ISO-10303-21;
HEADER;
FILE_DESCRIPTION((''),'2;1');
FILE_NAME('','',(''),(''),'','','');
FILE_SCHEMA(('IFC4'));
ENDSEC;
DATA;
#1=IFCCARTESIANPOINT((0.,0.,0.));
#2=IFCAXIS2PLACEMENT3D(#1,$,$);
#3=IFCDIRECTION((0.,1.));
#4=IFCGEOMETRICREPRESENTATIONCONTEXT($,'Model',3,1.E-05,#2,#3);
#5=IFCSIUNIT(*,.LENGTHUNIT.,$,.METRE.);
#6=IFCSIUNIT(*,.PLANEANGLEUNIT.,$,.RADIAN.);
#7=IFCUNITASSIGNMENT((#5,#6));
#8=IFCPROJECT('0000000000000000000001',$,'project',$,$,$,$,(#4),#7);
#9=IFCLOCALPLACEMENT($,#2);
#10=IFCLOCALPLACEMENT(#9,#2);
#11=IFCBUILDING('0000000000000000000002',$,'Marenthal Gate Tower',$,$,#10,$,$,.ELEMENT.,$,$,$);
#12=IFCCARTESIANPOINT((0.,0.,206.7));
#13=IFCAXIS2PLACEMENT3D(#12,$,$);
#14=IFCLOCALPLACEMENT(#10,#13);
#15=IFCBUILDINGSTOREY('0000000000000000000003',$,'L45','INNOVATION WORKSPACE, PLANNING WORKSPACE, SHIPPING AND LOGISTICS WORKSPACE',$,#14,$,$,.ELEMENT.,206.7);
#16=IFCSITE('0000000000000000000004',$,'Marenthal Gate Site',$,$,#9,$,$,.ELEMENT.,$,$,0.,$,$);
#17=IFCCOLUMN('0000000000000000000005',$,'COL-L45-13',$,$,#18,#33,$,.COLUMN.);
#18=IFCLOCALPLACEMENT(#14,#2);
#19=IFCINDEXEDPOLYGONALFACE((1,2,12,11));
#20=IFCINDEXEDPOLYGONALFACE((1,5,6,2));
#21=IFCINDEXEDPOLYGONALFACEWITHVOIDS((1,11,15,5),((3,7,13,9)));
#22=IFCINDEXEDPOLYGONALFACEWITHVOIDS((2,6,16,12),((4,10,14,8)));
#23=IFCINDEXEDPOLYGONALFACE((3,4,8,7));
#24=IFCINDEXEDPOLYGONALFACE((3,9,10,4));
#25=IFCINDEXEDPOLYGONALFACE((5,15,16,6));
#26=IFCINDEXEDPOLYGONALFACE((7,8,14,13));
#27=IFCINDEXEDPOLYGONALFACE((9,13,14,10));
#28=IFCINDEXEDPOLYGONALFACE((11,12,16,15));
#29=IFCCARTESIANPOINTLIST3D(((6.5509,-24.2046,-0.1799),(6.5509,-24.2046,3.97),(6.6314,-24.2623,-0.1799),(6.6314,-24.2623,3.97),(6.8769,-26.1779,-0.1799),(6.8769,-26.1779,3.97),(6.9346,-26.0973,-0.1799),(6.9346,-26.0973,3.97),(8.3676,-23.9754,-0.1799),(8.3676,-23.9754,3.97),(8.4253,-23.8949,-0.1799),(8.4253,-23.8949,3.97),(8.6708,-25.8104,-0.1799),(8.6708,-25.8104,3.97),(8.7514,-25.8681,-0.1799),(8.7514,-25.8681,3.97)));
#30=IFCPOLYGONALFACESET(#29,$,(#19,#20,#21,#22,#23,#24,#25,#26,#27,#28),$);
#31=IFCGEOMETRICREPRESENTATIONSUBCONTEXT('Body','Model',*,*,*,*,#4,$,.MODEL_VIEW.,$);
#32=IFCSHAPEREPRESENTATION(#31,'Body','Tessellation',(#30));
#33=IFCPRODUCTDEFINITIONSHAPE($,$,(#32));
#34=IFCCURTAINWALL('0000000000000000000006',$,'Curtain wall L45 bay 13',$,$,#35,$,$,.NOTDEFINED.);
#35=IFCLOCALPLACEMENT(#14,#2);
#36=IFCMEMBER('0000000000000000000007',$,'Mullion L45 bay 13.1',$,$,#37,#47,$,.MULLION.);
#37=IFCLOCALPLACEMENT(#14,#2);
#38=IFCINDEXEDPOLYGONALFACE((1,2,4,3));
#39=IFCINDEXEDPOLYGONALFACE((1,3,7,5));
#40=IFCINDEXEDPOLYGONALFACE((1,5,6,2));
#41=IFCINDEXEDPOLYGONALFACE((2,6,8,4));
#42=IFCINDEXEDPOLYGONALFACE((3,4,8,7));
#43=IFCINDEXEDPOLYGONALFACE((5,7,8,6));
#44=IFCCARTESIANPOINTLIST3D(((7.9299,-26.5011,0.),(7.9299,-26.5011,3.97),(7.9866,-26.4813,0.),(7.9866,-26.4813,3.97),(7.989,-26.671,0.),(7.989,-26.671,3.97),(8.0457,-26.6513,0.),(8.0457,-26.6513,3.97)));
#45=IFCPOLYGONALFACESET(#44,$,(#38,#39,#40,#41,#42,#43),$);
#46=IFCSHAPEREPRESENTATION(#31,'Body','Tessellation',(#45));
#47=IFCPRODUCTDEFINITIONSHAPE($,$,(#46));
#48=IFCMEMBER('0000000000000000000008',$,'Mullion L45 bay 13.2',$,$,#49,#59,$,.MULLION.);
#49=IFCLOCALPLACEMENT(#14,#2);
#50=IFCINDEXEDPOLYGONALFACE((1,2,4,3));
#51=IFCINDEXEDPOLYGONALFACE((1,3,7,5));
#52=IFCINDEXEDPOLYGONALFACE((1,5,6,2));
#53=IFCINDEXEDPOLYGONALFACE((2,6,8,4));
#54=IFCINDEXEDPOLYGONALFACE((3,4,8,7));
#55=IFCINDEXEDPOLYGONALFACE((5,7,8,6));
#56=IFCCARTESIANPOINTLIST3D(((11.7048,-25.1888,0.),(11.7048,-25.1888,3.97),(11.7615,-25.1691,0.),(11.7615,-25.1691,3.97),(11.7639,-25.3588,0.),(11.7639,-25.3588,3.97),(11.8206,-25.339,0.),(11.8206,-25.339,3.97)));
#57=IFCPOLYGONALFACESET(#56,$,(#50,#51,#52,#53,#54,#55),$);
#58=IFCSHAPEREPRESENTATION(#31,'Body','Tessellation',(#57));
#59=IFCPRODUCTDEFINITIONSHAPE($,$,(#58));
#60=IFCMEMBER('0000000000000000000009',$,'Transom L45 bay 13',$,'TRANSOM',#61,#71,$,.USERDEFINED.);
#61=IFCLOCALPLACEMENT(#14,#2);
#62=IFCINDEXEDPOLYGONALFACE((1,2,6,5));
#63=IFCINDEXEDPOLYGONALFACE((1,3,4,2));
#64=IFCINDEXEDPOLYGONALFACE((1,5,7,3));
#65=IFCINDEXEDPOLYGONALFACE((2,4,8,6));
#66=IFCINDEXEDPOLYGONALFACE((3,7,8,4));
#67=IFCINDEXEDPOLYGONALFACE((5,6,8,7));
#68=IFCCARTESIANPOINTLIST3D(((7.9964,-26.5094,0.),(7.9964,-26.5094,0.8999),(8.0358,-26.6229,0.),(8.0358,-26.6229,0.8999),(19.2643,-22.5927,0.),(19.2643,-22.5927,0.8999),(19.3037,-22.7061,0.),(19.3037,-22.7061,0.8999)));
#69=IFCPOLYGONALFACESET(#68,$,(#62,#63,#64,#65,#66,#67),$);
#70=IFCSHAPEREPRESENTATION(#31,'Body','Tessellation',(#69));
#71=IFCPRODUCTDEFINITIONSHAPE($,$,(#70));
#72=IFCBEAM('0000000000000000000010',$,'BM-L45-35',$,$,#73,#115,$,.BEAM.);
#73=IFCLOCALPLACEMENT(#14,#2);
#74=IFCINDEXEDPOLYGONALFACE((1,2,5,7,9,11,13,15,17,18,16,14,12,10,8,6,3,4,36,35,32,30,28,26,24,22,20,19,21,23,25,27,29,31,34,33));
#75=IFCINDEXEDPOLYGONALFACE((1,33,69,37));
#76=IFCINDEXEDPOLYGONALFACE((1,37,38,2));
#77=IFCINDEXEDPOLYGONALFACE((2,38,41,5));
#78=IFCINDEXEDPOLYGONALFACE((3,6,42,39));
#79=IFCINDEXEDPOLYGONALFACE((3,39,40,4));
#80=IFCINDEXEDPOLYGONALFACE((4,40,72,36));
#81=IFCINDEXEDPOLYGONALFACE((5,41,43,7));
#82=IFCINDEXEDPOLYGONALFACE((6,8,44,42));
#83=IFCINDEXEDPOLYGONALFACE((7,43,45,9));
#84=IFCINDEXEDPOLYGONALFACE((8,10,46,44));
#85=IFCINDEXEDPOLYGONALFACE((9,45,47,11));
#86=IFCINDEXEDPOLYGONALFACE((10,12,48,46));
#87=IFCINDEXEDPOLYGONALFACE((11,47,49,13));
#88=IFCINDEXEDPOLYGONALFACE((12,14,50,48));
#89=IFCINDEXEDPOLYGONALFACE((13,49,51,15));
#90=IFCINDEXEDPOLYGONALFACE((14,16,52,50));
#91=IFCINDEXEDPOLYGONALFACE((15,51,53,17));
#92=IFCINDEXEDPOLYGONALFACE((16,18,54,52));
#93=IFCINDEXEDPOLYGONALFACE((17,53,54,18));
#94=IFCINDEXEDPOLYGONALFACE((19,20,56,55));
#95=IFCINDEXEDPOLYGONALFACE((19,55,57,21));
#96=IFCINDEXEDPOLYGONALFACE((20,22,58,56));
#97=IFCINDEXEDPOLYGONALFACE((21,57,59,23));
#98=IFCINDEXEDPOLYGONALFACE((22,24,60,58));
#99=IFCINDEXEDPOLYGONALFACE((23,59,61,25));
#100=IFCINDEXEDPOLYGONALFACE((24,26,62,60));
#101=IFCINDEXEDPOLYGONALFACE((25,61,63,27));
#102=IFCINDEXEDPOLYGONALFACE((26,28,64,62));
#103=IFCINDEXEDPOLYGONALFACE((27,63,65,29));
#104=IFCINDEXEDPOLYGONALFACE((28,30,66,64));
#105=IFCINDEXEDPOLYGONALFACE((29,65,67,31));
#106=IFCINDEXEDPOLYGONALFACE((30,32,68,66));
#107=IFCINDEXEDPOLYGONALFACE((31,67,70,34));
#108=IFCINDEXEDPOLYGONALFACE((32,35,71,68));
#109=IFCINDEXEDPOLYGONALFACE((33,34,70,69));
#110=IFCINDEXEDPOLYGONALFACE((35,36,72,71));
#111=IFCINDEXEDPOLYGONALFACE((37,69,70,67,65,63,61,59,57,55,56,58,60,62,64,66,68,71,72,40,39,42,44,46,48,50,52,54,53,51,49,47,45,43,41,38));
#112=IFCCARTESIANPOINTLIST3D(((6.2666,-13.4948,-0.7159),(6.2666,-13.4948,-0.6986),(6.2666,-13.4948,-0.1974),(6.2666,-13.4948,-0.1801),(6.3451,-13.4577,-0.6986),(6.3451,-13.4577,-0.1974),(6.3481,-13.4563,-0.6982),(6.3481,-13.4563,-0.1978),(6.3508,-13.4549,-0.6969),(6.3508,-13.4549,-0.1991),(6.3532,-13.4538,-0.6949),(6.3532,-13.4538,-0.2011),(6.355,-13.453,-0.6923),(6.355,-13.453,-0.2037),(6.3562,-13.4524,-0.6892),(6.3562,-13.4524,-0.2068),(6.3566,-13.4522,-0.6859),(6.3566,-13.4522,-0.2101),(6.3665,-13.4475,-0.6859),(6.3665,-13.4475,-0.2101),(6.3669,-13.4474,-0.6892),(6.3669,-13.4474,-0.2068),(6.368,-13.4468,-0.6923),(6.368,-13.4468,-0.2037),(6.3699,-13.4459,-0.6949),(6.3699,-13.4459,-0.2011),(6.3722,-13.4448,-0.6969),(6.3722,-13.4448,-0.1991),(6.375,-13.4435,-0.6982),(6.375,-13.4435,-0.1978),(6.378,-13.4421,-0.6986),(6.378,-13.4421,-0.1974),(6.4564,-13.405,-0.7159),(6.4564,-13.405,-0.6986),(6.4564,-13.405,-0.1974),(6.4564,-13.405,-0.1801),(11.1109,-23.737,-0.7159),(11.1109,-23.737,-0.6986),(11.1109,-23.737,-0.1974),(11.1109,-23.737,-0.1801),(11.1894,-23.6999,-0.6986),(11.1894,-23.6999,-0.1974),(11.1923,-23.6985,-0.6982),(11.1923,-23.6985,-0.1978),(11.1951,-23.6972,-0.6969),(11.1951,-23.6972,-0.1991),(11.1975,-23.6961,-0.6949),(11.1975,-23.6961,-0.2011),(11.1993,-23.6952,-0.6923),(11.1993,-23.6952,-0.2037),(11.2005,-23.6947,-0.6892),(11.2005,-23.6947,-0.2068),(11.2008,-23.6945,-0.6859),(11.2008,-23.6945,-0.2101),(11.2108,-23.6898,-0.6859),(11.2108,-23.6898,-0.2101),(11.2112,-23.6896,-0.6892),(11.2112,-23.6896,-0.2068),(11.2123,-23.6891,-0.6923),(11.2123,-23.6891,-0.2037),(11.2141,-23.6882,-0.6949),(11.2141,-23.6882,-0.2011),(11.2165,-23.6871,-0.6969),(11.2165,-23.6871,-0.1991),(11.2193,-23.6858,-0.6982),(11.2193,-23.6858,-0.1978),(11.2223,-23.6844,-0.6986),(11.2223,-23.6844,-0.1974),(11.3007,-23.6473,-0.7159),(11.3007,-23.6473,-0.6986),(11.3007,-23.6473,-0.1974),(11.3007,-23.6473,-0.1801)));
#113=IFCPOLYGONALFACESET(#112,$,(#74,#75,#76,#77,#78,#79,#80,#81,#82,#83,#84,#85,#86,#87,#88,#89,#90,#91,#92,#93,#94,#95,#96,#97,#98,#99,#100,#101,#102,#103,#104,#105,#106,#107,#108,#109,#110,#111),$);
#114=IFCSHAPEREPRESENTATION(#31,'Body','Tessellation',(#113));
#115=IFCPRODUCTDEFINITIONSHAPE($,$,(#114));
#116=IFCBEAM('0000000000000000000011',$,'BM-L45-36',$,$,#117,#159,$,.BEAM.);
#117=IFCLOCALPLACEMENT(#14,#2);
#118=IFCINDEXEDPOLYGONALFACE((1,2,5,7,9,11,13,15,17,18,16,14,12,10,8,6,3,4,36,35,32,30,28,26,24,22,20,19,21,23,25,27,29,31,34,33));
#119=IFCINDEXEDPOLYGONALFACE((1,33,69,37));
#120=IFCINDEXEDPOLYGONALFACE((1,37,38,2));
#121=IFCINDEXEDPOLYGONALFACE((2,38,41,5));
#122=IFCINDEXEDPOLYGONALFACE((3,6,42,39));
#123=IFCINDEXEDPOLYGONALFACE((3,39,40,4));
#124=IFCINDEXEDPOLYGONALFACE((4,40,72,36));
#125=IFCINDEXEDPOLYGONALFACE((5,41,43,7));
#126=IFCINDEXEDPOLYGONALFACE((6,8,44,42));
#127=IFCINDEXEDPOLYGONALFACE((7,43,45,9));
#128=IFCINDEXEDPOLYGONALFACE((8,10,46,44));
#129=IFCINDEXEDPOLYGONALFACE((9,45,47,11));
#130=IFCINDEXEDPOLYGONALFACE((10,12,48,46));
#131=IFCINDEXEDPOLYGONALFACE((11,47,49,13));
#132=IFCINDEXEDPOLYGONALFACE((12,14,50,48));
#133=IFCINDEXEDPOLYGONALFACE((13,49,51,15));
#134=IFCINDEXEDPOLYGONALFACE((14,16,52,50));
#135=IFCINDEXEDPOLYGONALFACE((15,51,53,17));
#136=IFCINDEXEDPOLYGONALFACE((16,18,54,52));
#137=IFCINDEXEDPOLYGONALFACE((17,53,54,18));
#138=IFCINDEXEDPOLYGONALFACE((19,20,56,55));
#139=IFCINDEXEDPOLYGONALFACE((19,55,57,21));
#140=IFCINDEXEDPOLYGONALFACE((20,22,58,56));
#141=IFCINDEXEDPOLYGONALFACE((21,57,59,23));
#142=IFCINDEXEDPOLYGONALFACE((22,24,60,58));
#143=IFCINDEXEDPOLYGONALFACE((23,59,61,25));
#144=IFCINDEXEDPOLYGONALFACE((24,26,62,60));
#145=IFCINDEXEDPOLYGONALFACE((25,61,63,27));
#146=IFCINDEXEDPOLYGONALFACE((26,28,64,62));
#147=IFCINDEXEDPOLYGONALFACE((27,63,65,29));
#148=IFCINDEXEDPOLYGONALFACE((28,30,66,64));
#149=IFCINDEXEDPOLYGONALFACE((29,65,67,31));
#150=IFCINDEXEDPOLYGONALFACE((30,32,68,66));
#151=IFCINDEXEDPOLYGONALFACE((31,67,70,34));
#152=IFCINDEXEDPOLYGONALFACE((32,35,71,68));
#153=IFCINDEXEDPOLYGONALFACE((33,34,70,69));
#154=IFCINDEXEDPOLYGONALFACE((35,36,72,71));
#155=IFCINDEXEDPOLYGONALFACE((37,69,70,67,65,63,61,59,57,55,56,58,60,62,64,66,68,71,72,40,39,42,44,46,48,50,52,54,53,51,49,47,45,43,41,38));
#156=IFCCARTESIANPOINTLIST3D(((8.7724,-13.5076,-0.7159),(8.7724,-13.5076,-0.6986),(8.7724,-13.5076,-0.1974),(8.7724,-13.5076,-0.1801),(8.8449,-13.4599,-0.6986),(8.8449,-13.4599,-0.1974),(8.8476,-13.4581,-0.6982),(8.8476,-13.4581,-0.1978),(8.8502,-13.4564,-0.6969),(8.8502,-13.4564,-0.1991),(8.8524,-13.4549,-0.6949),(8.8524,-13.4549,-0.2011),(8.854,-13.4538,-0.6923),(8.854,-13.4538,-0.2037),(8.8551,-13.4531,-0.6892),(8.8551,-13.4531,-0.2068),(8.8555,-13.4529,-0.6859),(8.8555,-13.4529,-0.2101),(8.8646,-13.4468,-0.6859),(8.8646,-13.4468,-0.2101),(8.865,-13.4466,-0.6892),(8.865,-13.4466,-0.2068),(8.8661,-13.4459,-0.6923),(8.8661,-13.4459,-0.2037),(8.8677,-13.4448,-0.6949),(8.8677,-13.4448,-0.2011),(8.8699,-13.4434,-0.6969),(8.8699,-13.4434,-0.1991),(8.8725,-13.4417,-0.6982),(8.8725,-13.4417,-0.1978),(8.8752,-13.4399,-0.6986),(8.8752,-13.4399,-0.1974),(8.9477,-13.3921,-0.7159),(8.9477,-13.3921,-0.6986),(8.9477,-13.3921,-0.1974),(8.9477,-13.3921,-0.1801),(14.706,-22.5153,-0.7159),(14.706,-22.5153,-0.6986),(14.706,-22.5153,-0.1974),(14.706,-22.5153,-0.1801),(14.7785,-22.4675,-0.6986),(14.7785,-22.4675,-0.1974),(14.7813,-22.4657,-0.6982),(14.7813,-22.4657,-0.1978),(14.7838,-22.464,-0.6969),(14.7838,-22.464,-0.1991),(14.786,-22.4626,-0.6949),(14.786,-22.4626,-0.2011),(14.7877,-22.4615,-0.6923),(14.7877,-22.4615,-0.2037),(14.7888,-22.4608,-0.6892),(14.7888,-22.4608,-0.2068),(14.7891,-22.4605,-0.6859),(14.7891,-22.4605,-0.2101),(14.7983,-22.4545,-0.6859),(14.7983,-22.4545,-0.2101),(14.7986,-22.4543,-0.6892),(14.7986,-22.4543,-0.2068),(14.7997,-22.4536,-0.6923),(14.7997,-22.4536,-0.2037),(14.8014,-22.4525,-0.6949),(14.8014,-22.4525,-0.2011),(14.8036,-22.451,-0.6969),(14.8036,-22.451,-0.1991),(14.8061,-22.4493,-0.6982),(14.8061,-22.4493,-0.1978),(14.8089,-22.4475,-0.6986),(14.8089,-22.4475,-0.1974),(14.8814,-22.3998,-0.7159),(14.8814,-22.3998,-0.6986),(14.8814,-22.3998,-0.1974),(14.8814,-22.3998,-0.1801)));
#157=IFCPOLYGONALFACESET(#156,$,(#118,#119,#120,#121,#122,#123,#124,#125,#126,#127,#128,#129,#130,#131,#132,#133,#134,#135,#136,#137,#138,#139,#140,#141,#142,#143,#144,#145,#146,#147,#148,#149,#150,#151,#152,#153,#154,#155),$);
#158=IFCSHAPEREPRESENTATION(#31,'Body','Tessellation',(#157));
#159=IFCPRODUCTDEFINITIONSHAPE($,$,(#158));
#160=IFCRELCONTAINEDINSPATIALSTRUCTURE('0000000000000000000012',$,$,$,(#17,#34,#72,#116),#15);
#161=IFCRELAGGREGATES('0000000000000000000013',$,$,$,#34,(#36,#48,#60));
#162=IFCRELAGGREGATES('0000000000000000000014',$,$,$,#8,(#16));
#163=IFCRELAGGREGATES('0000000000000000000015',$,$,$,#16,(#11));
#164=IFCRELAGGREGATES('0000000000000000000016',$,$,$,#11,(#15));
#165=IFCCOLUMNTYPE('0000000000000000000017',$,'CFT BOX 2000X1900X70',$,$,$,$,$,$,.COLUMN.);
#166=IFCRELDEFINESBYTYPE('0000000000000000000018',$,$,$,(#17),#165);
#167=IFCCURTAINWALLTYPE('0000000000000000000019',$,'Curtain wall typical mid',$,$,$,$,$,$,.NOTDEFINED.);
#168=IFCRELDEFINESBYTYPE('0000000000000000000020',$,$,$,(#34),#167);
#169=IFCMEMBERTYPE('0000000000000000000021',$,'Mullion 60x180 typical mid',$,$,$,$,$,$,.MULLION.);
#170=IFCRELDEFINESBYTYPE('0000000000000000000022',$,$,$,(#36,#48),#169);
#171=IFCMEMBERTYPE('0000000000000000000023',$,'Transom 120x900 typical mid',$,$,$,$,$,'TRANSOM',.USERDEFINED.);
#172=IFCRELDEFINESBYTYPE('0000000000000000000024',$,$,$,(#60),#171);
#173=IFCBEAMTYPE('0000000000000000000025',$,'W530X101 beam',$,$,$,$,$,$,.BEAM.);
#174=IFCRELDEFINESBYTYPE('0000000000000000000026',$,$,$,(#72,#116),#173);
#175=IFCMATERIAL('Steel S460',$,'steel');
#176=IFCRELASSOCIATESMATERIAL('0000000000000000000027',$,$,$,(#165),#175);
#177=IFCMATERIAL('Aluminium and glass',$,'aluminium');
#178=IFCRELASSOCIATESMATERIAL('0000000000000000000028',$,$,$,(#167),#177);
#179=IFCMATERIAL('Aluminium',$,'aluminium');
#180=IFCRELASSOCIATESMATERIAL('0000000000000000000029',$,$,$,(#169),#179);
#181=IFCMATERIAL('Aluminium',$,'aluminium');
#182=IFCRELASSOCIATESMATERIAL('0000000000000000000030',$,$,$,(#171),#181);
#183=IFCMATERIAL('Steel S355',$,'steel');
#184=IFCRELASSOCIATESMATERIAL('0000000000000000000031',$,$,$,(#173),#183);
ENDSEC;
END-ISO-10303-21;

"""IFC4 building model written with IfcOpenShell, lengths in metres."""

from ifc_helpers import new_model, si_unit, direction, frame, origin, origin_2d, place, context, subcontext, project, spatial, rectangle, hollow_rectangle, i_section, extrude, material, material_profile, profile_set, type_object, element, aggregate, save


model = new_model("IFC4")

# Units and contexts
model_context = context("Model", 3, precision=1e-05, world=origin(), true_north=direction((0.0, 1.0)))
body_context = subcontext(model_context, "Body", "Model", "MODEL_VIEW")
ifc_project = project(units=[si_unit("LENGTHUNIT", "METRE"), si_unit("PLANEANGLEUNIT", "RADIAN")], contexts=[model_context])

# Site, building, storey
site_placement = place(None, origin())
site = spatial("IfcSite", under=ifc_project, at=site_placement, Name="Marenthal Gate Site", CompositionType="ELEMENT", RefElevation=0.0)
building_placement = place(site_placement, origin())
building = spatial("IfcBuilding", under=site, at=building_placement, Name="Marenthal Gate Tower", CompositionType="ELEMENT")
storey_placement = place(building_placement, frame((0.0, 0.0, 206.7)))
storey = spatial("IfcBuildingStorey", under=building, at=storey_placement, Name="L45", Description="INNOVATION WORKSPACE, PLANNING WORKSPACE, SHIPPING AND LOGISTICS WORKSPACE", CompositionType="ELEMENT", Elevation=206.7)

# Column
ifc_material_1 = material(Name="Steel S460", Category="steel")
ifc_material_profile_1 = material_profile(ifc_material_1, hollow_rectangle(XDim=1.8999, YDim=2.0, WallThickness=0.0701, at=origin_2d()), Name="CFT BOX 2000X1900X70")
ifc_material_2 = material(Name="Concrete 70 MPa", Category="concrete")
ifc_material_profile_2 = material_profile(ifc_material_2, rectangle(XDim=1.76, YDim=1.8601, at=origin_2d()), Name="CFT BOX 2000X1900X70 INFILL")
ifc_profile_set_1 = profile_set([ifc_material_profile_1, ifc_material_profile_2], Name="Steel S460 shell, Concrete 70 MPa infill")
column_type = type_object("IfcColumnType", Name="CFT BOX 2000X1900X70", PredefinedType="COLUMN", material=ifc_profile_set_1)
column_placement = place(storey_placement, frame((7.6511, -25.0364, -0.1799), z_axis=(0.0, 0.0, 1.0), x_axis=(-0.986621, -0.16303, 0.0)))
element("IfcColumn", 1, at=column_placement, inside=storey, type_object=column_type, Name="COL-L45-13", PredefinedType="COLUMN", context=body_context, shape_type="SweptSolid", body=[
    extrude(hollow_rectangle(XDim=1.8999, YDim=2.0, WallThickness=0.0701, at=origin_2d()), origin(), (0.0, 0.0, 1.0), 4.1499),
])

# Curtain wall, members
ifc_material_3 = material(Name="Aluminium and glass", Category="aluminium")
curtain_wall_type = type_object("IfcCurtainWallType", Name="Curtain wall typical mid", PredefinedType="NOTDEFINED", material=ifc_material_3)
curtain_wall_placement = place(storey_placement, origin())
curtain_wall = element("IfcCurtainWall", 2, at=curtain_wall_placement, inside=storey, type_object=curtain_wall_type, Name="Curtain wall L45 bay 13", PredefinedType="NOTDEFINED")
ifc_material_4 = material(Name="Aluminium", Category="aluminium")
ifc_material_profile_3 = material_profile(ifc_material_4, rectangle(XDim=0.1799, YDim=0.0601, at=origin_2d()), Name="60x180 aluminium mullion")
ifc_profile_set_2 = profile_set([ifc_material_profile_3], Name="Aluminium")
member_type_1 = type_object("IfcMemberType", Name="Mullion 60x180 typical mid", PredefinedType="MULLION", material=ifc_profile_set_2)
member_1_placement = place(storey_placement, frame((7.9878, -26.5762, 0.0), z_axis=(0.0, 0.0, 1.0), x_axis=(-0.328332, 0.944562, 0.0)))
member_1 = element("IfcMember", 3, at=member_1_placement, type_object=member_type_1, Name="Mullion L45 bay 13.1", PredefinedType="MULLION", context=body_context, shape_type="SweptSolid", body=[
    extrude(rectangle(XDim=0.1799, YDim=0.0601, at=origin_2d()), origin(), (0.0, 0.0, 1.0), 3.97),
])
member_2_placement = place(storey_placement, frame((11.7627, -25.2639, 0.0), z_axis=(0.0, 0.0, 1.0), x_axis=(-0.328332, 0.944562, 0.0)))
member_2 = element("IfcMember", 4, at=member_2_placement, type_object=member_type_1, Name="Mullion L45 bay 13.2", PredefinedType="MULLION", context=body_context, shape_type="SweptSolid", body=[
    extrude(rectangle(XDim=0.1799, YDim=0.0601, at=origin_2d()), origin(), (0.0, 0.0, 1.0), 3.97),
])
ifc_material_5 = material(Name="Aluminium", Category="aluminium")
ifc_material_profile_4 = material_profile(ifc_material_5, rectangle(XDim=0.1201, YDim=0.8999, at=origin_2d()), Name="120x900 aluminium transom")
ifc_profile_set_3 = profile_set([ifc_material_profile_4], Name="Aluminium")
member_type_2 = type_object("IfcMemberType", Name="Transom 120x900 typical mid", ElementType="TRANSOM", PredefinedType="USERDEFINED", material=ifc_profile_set_3)
member_3_placement = place(storey_placement, frame((8.0161, -26.5662, 0.45), z_axis=(0.944562, 0.328334, 0.0), x_axis=(-0.328334, 0.944562, 0.0)))
member_3 = element("IfcMember", 5, at=member_3_placement, type_object=member_type_2, Name="Transom L45 bay 13", ObjectType="TRANSOM", PredefinedType="USERDEFINED", context=body_context, shape_type="SweptSolid", body=[
    extrude(rectangle(XDim=0.1201, YDim=0.8999, at=origin_2d()), origin(), (0.0, 0.0, 1.0), 11.9292),
])

# Beams
ifc_material_6 = material(Name="Steel S355", Category="steel")
ifc_material_profile_5 = material_profile(ifc_material_6, i_section(OverallWidth=0.21, OverallDepth=0.5359, WebThickness=0.011, FlangeThickness=0.0173, FilletRadius=0.0127, at=origin_2d()), Name="W530X101")
ifc_profile_set_4 = profile_set([ifc_material_profile_5], Name="Steel S355")
beam_type_1 = type_object("IfcBeamType", Name="W530X101 beam", PredefinedType="BEAM", material=ifc_profile_set_4)
beam_1_placement = place(storey_placement, frame((11.2058, -23.6921, -0.448), z_axis=(-0.427558, 0.903988, 0.0), x_axis=(-0.903988, -0.427558, 0.0)))
element("IfcBeam", 6, at=beam_1_placement, inside=storey, type_object=beam_type_1, Name="BM-L45-35", PredefinedType="BEAM", context=body_context, shape_type="SweptSolid", body=[
    extrude(i_section(OverallWidth=0.21, OverallDepth=0.5359, WebThickness=0.011, FlangeThickness=0.0173, FilletRadius=0.0127, at=origin_2d()), origin(), (0.0, 0.0, 1.0), 11.3301),
])
beam_2_placement = place(storey_placement, frame((14.7937, -22.4575, -0.448), z_axis=(-0.550106, 0.835095, 0.0), x_axis=(-0.835095, -0.550106, 0.0)))
element("IfcBeam", 7, at=beam_2_placement, inside=storey, type_object=beam_type_1, Name="BM-L45-36", PredefinedType="BEAM", context=body_context, shape_type="SweptSolid", body=[
    extrude(i_section(OverallWidth=0.21, OverallDepth=0.5359, WebThickness=0.011, FlangeThickness=0.0173, FilletRadius=0.0127, at=origin_2d()), origin(), (0.0, 0.0, 1.0), 10.7864),
])

aggregate(curtain_wall, [member_1, member_2, member_3])

save(model, "model.ifc")
